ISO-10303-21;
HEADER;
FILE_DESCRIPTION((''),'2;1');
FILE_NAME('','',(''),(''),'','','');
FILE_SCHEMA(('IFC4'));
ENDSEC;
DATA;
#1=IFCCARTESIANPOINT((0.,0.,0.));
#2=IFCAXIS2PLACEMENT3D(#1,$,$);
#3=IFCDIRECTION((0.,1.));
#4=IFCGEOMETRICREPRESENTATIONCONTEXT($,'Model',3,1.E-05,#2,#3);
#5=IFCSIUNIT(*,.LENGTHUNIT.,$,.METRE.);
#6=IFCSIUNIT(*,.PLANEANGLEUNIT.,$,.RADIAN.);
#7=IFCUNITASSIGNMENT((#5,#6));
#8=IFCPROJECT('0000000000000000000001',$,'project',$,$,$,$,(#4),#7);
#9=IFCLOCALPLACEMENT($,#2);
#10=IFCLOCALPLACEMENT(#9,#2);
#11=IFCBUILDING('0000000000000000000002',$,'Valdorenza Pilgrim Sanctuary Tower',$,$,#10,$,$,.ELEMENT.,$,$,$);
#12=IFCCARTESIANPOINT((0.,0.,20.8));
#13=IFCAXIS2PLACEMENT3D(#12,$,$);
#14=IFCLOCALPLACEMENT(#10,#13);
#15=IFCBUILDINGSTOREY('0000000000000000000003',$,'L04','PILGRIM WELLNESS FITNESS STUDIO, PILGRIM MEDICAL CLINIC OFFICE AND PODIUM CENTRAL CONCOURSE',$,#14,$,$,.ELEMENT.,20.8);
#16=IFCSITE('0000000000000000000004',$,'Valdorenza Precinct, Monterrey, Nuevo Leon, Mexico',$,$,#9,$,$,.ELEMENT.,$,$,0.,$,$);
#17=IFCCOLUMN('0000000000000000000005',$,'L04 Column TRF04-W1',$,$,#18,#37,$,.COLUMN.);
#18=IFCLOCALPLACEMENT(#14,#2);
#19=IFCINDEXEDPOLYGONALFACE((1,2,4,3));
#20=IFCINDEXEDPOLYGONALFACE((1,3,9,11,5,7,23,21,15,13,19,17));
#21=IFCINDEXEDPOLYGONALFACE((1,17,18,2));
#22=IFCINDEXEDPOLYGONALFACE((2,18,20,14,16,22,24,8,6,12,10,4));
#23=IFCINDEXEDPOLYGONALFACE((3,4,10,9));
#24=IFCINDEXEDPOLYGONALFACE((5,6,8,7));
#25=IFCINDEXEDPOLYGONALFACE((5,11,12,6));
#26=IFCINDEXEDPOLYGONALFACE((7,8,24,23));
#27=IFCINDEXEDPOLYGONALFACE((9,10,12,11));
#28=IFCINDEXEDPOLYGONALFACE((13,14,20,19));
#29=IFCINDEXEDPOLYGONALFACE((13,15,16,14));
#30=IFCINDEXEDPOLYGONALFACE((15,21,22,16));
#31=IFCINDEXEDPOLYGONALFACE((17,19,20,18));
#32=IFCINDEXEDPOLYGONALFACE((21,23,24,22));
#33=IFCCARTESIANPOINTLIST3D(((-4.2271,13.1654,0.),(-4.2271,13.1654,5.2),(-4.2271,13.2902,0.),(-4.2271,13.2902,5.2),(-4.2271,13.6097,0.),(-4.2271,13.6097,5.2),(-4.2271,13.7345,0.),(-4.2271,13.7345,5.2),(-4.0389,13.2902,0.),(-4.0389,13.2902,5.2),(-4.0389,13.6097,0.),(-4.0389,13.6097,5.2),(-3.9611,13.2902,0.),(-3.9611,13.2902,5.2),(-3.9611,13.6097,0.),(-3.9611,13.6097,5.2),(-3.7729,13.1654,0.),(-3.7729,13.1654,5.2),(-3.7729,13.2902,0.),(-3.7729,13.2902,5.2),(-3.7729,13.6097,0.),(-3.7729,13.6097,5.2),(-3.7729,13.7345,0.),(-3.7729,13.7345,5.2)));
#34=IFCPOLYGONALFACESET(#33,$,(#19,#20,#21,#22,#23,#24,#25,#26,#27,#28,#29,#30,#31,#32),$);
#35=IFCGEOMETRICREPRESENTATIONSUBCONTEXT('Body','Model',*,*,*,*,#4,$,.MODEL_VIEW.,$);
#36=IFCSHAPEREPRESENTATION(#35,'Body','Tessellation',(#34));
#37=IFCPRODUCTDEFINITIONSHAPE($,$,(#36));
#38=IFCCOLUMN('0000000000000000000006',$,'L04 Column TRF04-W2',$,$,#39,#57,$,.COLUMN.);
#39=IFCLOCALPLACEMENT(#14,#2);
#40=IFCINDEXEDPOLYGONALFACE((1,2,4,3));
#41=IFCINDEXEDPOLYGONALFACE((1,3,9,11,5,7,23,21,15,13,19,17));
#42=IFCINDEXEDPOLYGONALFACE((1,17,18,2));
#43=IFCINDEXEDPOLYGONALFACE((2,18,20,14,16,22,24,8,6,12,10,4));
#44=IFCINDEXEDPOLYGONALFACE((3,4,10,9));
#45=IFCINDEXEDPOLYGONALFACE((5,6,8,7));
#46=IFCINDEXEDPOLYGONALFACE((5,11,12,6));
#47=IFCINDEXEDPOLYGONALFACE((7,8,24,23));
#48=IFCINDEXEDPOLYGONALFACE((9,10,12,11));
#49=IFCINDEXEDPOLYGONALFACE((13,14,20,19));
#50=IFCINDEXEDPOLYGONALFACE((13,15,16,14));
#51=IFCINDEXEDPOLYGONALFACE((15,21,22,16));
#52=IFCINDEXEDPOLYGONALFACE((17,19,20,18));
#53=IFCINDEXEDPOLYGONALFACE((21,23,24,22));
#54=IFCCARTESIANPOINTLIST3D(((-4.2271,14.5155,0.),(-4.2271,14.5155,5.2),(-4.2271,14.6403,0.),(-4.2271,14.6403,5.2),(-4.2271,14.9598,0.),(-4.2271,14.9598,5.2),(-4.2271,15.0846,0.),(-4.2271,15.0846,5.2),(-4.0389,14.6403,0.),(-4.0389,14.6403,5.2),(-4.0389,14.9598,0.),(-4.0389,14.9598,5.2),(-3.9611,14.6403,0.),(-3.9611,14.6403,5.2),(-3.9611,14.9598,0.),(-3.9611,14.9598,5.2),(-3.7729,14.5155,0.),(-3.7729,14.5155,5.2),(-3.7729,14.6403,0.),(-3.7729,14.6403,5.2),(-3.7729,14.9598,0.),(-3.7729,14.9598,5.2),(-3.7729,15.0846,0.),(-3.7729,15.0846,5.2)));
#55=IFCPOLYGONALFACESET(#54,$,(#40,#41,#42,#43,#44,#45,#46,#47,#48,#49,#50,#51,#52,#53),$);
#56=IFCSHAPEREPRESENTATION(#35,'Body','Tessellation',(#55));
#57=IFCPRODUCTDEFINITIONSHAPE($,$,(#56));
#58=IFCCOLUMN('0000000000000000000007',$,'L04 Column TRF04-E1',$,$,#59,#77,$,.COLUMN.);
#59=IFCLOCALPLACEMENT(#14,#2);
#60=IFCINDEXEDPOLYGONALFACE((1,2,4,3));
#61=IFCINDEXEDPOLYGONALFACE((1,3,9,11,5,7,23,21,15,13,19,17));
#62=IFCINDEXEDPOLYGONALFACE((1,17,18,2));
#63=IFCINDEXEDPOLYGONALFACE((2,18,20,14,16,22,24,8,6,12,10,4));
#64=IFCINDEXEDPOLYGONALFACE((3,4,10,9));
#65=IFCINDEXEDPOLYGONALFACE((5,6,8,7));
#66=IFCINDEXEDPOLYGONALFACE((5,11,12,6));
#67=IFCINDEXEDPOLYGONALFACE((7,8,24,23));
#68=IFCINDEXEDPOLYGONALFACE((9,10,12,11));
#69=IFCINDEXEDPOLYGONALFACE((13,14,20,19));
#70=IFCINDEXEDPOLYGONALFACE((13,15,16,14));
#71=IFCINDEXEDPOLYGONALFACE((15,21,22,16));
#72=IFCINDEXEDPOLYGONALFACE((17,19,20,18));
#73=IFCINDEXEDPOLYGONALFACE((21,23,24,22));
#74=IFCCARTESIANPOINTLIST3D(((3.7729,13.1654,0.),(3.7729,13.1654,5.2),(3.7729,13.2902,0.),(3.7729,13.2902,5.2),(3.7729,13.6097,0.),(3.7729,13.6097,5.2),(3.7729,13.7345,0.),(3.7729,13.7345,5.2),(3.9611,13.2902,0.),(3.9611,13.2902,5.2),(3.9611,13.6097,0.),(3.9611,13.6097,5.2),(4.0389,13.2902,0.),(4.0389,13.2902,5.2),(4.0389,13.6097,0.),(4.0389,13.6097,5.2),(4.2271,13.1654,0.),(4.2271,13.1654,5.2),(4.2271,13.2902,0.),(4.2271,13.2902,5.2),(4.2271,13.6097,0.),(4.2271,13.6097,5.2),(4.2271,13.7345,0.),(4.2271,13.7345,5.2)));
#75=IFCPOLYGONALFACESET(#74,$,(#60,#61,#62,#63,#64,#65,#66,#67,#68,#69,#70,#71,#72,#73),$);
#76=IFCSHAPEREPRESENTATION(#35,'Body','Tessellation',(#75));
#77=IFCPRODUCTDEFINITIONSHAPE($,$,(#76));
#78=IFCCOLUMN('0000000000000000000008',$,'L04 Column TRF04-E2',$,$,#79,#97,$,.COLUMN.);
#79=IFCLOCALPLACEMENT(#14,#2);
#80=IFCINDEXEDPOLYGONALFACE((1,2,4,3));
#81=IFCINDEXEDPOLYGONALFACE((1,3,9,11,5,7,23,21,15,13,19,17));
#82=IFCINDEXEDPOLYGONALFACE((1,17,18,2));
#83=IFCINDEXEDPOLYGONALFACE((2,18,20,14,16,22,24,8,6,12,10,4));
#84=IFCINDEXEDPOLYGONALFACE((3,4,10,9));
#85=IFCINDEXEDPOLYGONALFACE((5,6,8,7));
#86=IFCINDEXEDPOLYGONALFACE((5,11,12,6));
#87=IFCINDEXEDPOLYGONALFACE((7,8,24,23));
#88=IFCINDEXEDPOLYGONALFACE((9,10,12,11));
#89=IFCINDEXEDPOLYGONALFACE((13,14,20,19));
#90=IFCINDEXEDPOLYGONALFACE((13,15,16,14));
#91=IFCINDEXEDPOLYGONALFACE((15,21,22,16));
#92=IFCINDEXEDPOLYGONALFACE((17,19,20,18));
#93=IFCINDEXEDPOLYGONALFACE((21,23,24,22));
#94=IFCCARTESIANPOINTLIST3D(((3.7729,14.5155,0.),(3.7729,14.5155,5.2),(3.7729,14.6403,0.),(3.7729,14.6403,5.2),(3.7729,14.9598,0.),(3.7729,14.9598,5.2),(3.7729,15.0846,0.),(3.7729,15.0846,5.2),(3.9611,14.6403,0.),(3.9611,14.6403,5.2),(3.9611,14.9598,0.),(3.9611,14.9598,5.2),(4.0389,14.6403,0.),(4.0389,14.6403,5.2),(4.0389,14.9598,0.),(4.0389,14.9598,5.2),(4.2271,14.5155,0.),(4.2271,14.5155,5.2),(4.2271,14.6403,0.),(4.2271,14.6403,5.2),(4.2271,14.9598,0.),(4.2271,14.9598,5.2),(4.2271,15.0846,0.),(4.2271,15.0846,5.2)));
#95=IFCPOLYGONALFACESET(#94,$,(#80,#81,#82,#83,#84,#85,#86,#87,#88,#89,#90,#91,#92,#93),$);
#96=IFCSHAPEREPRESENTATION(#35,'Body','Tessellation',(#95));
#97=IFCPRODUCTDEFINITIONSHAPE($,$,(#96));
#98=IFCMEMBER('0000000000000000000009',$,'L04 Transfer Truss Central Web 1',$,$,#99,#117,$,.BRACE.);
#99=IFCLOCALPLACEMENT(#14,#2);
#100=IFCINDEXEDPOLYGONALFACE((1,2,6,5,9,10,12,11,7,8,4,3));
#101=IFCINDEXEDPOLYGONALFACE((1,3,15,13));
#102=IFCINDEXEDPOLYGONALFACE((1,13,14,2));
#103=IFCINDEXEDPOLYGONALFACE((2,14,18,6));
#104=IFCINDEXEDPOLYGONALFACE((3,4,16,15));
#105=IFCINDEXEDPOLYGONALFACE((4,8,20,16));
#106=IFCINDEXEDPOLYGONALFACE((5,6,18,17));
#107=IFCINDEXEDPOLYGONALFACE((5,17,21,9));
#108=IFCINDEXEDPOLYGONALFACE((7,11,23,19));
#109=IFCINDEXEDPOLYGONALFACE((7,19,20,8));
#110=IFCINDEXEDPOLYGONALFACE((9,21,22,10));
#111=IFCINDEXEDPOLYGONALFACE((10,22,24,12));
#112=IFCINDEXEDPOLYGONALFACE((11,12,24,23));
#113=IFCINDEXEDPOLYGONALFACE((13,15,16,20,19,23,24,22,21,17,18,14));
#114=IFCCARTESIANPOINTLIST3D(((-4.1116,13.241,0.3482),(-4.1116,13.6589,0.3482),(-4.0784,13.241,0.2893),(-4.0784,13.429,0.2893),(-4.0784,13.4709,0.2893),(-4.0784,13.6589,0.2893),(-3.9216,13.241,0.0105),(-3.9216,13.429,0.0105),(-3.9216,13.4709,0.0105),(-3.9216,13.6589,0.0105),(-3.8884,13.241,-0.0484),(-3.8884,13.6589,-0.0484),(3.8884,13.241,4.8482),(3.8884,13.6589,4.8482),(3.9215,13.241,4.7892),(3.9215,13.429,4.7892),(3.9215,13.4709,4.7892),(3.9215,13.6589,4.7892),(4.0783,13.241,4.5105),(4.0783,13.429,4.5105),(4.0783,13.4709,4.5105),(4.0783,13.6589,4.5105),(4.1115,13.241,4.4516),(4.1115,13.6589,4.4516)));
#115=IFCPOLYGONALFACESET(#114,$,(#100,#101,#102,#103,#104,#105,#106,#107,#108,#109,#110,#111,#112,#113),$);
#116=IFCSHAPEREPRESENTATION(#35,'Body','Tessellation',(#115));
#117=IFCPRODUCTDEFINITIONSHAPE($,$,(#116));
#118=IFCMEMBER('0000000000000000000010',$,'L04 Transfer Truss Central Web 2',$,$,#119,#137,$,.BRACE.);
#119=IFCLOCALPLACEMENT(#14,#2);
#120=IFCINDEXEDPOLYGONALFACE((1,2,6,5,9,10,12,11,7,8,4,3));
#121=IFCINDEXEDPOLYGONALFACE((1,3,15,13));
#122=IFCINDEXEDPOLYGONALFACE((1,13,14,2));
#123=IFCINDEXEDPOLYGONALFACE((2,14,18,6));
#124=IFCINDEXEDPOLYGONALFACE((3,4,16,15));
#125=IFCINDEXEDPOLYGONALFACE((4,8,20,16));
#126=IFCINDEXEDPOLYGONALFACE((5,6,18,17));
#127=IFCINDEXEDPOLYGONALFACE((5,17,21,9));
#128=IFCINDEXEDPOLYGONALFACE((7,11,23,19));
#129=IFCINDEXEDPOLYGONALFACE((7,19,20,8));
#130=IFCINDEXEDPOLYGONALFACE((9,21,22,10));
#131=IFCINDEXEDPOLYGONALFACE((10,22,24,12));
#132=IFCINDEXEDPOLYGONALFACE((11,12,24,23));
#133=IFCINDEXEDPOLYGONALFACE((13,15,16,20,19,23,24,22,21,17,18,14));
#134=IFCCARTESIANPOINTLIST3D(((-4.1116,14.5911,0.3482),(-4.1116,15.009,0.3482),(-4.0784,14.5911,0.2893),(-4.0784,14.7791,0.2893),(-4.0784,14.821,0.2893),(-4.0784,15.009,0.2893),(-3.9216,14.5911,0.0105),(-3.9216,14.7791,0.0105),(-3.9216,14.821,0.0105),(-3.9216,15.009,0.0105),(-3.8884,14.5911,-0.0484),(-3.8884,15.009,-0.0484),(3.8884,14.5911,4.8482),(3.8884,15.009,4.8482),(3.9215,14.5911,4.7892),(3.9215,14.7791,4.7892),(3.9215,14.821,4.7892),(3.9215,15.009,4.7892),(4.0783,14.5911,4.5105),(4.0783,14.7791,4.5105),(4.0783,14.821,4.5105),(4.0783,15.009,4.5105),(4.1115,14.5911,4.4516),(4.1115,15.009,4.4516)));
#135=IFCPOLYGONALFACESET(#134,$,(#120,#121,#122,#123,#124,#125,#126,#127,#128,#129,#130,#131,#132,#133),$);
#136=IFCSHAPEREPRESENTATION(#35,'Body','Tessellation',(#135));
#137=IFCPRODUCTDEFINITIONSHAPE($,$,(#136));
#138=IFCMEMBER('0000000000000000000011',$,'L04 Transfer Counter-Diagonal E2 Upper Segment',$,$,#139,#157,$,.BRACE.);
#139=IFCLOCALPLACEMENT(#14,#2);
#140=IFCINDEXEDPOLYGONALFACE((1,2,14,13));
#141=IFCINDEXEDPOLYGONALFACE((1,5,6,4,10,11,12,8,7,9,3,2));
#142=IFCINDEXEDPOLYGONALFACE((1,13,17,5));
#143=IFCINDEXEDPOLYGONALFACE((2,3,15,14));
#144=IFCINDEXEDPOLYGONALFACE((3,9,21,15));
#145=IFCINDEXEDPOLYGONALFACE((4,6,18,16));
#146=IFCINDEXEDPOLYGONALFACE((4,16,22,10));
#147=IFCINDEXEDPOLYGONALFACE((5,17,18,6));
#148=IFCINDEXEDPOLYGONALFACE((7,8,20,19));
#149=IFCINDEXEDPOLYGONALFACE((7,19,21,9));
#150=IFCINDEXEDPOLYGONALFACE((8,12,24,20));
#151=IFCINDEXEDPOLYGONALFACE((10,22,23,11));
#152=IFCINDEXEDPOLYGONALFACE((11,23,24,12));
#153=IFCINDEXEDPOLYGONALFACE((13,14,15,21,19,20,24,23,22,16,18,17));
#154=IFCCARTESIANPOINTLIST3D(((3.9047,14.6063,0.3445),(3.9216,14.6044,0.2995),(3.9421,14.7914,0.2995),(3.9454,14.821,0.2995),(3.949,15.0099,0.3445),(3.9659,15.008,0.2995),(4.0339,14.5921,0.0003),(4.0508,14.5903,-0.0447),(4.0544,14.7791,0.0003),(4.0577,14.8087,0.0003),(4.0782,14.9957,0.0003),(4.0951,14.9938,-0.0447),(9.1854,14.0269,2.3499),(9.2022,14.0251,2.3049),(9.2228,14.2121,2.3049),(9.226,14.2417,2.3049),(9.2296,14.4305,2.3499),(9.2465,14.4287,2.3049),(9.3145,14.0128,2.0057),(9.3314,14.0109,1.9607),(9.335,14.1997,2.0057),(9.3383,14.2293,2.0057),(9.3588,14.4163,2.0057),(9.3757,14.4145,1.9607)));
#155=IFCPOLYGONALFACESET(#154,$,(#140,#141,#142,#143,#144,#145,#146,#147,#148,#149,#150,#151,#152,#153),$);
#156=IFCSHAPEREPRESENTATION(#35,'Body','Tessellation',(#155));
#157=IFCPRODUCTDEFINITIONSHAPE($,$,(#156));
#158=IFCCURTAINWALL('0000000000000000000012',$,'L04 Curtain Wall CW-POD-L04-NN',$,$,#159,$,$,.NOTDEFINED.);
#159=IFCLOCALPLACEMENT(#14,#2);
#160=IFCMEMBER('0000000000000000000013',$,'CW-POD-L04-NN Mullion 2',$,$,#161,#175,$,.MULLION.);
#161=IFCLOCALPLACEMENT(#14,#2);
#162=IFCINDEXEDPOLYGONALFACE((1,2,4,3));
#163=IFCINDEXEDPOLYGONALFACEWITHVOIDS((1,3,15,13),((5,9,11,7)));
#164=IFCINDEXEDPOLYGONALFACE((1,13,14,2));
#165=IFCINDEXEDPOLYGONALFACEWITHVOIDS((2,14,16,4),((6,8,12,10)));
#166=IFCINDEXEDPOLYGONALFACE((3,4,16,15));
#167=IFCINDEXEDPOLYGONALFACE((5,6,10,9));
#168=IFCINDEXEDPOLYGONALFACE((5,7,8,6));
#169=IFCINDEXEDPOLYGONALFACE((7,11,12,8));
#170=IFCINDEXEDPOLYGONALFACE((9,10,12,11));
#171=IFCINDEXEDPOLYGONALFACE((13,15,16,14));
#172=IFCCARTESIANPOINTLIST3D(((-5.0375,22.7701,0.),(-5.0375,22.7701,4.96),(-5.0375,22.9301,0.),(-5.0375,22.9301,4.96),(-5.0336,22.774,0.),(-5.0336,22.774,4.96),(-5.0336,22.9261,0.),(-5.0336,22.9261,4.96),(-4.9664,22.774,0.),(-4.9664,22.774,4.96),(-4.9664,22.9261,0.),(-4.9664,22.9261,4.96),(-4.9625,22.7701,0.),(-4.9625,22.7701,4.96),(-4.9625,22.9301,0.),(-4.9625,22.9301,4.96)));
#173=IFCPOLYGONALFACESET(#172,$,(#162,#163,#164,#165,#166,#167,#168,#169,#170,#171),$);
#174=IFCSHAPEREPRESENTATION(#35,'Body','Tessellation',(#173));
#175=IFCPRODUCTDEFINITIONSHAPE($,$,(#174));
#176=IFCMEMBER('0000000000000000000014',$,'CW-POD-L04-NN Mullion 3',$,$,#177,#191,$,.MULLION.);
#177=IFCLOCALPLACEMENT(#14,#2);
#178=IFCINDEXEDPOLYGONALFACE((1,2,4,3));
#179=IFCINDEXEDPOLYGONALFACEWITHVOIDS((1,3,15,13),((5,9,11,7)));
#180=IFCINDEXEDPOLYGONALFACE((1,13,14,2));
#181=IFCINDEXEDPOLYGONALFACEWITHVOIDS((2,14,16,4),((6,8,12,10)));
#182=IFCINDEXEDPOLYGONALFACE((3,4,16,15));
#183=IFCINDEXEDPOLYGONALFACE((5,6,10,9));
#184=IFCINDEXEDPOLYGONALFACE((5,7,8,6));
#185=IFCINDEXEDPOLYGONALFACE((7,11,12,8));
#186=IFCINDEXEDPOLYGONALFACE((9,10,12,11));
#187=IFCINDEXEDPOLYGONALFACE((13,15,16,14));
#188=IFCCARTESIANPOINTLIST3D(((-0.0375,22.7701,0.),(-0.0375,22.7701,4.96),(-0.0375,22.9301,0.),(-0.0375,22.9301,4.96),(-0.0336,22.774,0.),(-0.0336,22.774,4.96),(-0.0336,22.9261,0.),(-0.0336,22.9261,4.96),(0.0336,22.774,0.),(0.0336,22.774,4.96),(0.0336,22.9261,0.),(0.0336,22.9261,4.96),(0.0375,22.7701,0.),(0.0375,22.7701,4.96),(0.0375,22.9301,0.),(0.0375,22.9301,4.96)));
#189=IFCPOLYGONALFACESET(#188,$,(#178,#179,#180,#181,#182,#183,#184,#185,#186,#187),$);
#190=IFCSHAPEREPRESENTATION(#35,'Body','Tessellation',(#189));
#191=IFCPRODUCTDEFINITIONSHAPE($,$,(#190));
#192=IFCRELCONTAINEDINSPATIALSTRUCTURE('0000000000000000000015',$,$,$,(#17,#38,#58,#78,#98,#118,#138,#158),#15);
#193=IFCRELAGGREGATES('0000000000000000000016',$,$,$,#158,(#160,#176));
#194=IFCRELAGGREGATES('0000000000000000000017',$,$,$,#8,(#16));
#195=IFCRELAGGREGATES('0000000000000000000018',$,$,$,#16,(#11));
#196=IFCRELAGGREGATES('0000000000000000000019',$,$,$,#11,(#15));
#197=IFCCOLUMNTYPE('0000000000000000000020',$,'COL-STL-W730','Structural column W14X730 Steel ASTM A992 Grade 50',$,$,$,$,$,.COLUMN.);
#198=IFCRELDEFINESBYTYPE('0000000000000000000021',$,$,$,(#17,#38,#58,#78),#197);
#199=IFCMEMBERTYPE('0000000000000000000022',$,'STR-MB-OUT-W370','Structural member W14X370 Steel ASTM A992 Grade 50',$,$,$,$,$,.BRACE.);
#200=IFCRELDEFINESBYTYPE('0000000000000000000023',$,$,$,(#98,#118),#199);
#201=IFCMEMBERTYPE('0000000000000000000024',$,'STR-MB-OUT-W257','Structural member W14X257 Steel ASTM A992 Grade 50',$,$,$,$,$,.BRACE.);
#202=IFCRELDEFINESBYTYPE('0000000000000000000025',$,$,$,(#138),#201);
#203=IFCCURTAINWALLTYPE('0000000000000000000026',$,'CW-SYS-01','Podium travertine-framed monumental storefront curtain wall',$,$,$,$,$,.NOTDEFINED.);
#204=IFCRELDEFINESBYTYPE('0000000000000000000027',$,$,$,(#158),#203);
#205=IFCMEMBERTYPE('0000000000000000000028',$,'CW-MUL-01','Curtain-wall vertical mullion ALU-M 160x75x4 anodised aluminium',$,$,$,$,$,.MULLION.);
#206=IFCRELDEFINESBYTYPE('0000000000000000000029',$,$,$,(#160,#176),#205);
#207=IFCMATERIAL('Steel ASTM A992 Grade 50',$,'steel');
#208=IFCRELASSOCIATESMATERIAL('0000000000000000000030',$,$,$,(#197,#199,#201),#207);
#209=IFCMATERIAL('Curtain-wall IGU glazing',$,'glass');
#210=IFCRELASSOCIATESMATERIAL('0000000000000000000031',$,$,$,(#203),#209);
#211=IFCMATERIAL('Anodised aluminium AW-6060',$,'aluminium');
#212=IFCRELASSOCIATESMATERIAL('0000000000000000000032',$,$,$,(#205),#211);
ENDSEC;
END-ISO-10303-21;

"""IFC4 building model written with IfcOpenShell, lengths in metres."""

from ifc_helpers import new_model, si_unit, direction, frame, origin, origin_2d, place, context, subcontext, project, spatial, hollow_rectangle, i_section, extrude, source, transform, mapped, material, material_profile, profile_set, type_object, element, aggregate, save


model = new_model("IFC4")

# Units and contexts
model_context = context("Model", 3, precision=1e-05, world=origin(), true_north=direction((0.0, 1.0)))
body_context = subcontext(model_context, "Body", "Model", "MODEL_VIEW")
ifc_project = project(units=[si_unit("LENGTHUNIT", "METRE"), si_unit("PLANEANGLEUNIT", "RADIAN")], contexts=[model_context])

# Site, building, storey
site_placement = place(None, origin())
site = spatial("IfcSite", under=ifc_project, at=site_placement, Name="Valdorenza Precinct, Monterrey, Nuevo Leon, Mexico", CompositionType="ELEMENT", RefElevation=0.0)
building_placement = place(site_placement, origin())
building = spatial("IfcBuilding", under=site, at=building_placement, Name="Valdorenza Pilgrim Sanctuary Tower", CompositionType="ELEMENT")
storey_placement = place(building_placement, frame((0.0, 0.0, 20.8)))
storey = spatial("IfcBuildingStorey", under=building, at=storey_placement, Name="L04", Description="PILGRIM WELLNESS FITNESS STUDIO, PILGRIM MEDICAL CLINIC OFFICE AND PODIUM CENTRAL CONCOURSE", CompositionType="ELEMENT", Elevation=20.8)

# Columns
ifc_material_1 = material(Name="Steel ASTM A992 Grade 50", Category="steel")
ifc_material_profile_1 = material_profile(ifc_material_1, i_section(OverallWidth=0.4541, OverallDepth=0.5691, WebThickness=0.0779, FlangeThickness=0.1248, at=origin_2d()), Name="W14X730")
ifc_profile_set_1 = profile_set([ifc_material_profile_1], Name="Steel ASTM A992 Grade 50")
column_type = type_object("IfcColumnType", Name="COL-STL-W730", Description="Structural column W14X730 Steel ASTM A992 Grade 50", PredefinedType="COLUMN", material=ifc_profile_set_1)
shared_shape_1 = source(origin(), body_context, "Body", "SweptSolid", [
    extrude(i_section(OverallWidth=0.4541, OverallDepth=0.5691, WebThickness=0.0779, FlangeThickness=0.1248, at=origin_2d()), origin(), (0.0, 0.0, 1.0), 5.2),
])
for number, where, z_axis, x_axis, name in (
    (1, (-4.0, 13.45, 0.0), (0.0, 0.0, 1.0), (1.0, 0.0, 0.0), "L04 Column TRF04-W1"),
    (2, (-4.0, 14.8, 0.0), (0.0, 0.0, 1.0), (1.0, 0.0, 0.0), "L04 Column TRF04-W2"),
    (3, (4.0, 13.45, 0.0), (0.0, 0.0, 1.0), (1.0, 0.0, 0.0), "L04 Column TRF04-E1"),
    (4, (4.0, 14.8, 0.0), (0.0, 0.0, 1.0), (1.0, 0.0, 0.0), "L04 Column TRF04-E2"),
):
    element("IfcColumn", number, at=place(storey_placement, frame(where, z_axis=z_axis, x_axis=x_axis)), inside=storey, type_object=column_type, Name=name, PredefinedType="COLUMN", context=body_context, shape_type="MappedRepresentation", body=[
        mapped(shared_shape_1, transform((0.0, 0.0, 0.0), x_axis=(1.0, 0.0, 0.0), y_axis=(0.0, 1.0, 0.0), z_axis=(0.0, 0.0, 1.0), scale=1.0)),
    ])

# Members
ifc_material_profile_2 = material_profile(ifc_material_1, i_section(OverallWidth=0.418, OverallDepth=0.4551, WebThickness=0.042, FlangeThickness=0.0676, at=origin_2d()), Name="W14X370")
ifc_profile_set_2 = profile_set([ifc_material_profile_2], Name="Steel ASTM A992 Grade 50")
member_type_1 = type_object("IfcMemberType", Name="STR-MB-OUT-W370", Description="Structural member W14X370 Steel ASTM A992 Grade 50", PredefinedType="BRACE", material=ifc_profile_set_2)
shared_shape_2 = source(origin(), body_context, "Body", "SweptSolid", [
    extrude(i_section(OverallWidth=0.418, OverallDepth=0.4551, WebThickness=0.042, FlangeThickness=0.0676, at=origin_2d()), origin(), (0.0, 0.0, 1.0), 9.1787),
])
for number, where, z_axis, x_axis, name in (
    (5, (-4.0, 13.45, 0.1499), (0.871576, 0.0, 0.490261), (0.0, 1.0, 0.0), "L04 Transfer Truss Central Web 1"),
    (6, (-4.0, 14.8, 0.1499), (0.871576, 0.0, 0.490261), (0.0, 1.0, 0.0), "L04 Transfer Truss Central Web 2"),
):
    element("IfcMember", number, at=place(storey_placement, frame(where, z_axis=z_axis, x_axis=x_axis)), inside=storey, type_object=member_type_1, Name=name, PredefinedType="BRACE", context=body_context, shape_type="MappedRepresentation", body=[
        mapped(shared_shape_2, transform((0.0, 0.0, 0.0), x_axis=(1.0, 0.0, 0.0), y_axis=(0.0, 1.0, 0.0), z_axis=(0.0, 0.0, 1.0), scale=1.0)),
    ])
ifc_material_profile_3 = material_profile(ifc_material_1, i_section(OverallWidth=0.406, OverallDepth=0.416, WebThickness=0.0298, FlangeThickness=0.0481, at=origin_2d()), Name="W14X257")
ifc_profile_set_3 = profile_set([ifc_material_profile_3], Name="Steel ASTM A992 Grade 50")
member_type_2 = type_object("IfcMemberType", Name="STR-MB-OUT-W257", Description="Structural member W14X257 Steel ASTM A992 Grade 50", PredefinedType="BRACE", material=ifc_profile_set_3)
shared_shape_3 = source(origin(), body_context, "Body", "SweptSolid", [
    extrude(i_section(OverallWidth=0.406, OverallDepth=0.416, WebThickness=0.0298, FlangeThickness=0.0481, at=origin_2d()), origin(), (0.0, 0.0, 1.0), 5.6782),
])
member_1_placement = place(storey_placement, frame((9.2805, 14.2207, 2.1553), z_axis=(-0.929977, 0.102031, -0.353175), x_axis=(-0.109059, -0.994035, 0.0)))
element("IfcMember", 7, at=member_1_placement, inside=storey, type_object=member_type_2, Name="L04 Transfer Counter-Diagonal E2 Upper Segment", PredefinedType="BRACE", context=body_context, shape_type="MappedRepresentation", body=[
    mapped(shared_shape_3, transform((0.0, 0.0, 0.0), x_axis=(1.0, 0.0, 0.0), y_axis=(0.0, 1.0, 0.0), z_axis=(0.0, 0.0, 1.0), scale=1.0)),
])

# Curtain wall, members
ifc_material_2 = material(Name="Curtain-wall IGU glazing", Category="glass")
curtain_wall_type = type_object("IfcCurtainWallType", Name="CW-SYS-01", Description="Podium travertine-framed monumental storefront curtain wall", PredefinedType="NOTDEFINED", material=ifc_material_2)
curtain_wall_placement = place(storey_placement, origin())
curtain_wall = element("IfcCurtainWall", 8, at=curtain_wall_placement, inside=storey, type_object=curtain_wall_type, Name="L04 Curtain Wall CW-POD-L04-NN", PredefinedType="NOTDEFINED")
ifc_material_3 = material(Name="Anodised aluminium AW-6060", Category="aluminium")
ifc_material_profile_4 = material_profile(ifc_material_3, hollow_rectangle(XDim=0.075, YDim=0.1599, WallThickness=0.0039, at=origin_2d()), Name="ALU-M 160x75x4")
ifc_profile_set_4 = profile_set([ifc_material_profile_4], Name="Anodised aluminium AW-6060")
member_type_3 = type_object("IfcMemberType", Name="CW-MUL-01", Description="Curtain-wall vertical mullion ALU-M 160x75x4 anodised aluminium", PredefinedType="MULLION", material=ifc_profile_set_4)
shared_shape_4 = source(origin(), body_context, "Body", "SweptSolid", [
    extrude(hollow_rectangle(XDim=0.075, YDim=0.1599, WallThickness=0.0039, at=origin_2d()), origin(), (0.0, 0.0, 1.0), 4.96),
])
member_2_placement = place(storey_placement, frame((-5.0, 22.8501, 0.0), z_axis=(0.0, 0.0, 1.0), x_axis=(1.0, 0.0, 0.0)))
member_2 = element("IfcMember", 9, at=member_2_placement, type_object=member_type_3, Name="CW-POD-L04-NN Mullion 2", PredefinedType="MULLION", context=body_context, shape_type="MappedRepresentation", body=[
    mapped(shared_shape_4, transform((0.0, 0.0, 0.0), x_axis=(1.0, 0.0, 0.0), y_axis=(0.0, 1.0, 0.0), z_axis=(0.0, 0.0, 1.0), scale=1.0)),
])
member_3_placement = place(storey_placement, frame((0.0, 22.8501, 0.0), z_axis=(0.0, 0.0, 1.0), x_axis=(1.0, 0.0, 0.0)))
member_3 = element("IfcMember", 10, at=member_3_placement, type_object=member_type_3, Name="CW-POD-L04-NN Mullion 3", PredefinedType="MULLION", context=body_context, shape_type="MappedRepresentation", body=[
    mapped(shared_shape_4, transform((0.0, 0.0, 0.0), x_axis=(1.0, 0.0, 0.0), y_axis=(0.0, 1.0, 0.0), z_axis=(0.0, 0.0, 1.0), scale=1.0)),
])

aggregate(curtain_wall, [member_2, member_3])

save(model, "model.ifc")
